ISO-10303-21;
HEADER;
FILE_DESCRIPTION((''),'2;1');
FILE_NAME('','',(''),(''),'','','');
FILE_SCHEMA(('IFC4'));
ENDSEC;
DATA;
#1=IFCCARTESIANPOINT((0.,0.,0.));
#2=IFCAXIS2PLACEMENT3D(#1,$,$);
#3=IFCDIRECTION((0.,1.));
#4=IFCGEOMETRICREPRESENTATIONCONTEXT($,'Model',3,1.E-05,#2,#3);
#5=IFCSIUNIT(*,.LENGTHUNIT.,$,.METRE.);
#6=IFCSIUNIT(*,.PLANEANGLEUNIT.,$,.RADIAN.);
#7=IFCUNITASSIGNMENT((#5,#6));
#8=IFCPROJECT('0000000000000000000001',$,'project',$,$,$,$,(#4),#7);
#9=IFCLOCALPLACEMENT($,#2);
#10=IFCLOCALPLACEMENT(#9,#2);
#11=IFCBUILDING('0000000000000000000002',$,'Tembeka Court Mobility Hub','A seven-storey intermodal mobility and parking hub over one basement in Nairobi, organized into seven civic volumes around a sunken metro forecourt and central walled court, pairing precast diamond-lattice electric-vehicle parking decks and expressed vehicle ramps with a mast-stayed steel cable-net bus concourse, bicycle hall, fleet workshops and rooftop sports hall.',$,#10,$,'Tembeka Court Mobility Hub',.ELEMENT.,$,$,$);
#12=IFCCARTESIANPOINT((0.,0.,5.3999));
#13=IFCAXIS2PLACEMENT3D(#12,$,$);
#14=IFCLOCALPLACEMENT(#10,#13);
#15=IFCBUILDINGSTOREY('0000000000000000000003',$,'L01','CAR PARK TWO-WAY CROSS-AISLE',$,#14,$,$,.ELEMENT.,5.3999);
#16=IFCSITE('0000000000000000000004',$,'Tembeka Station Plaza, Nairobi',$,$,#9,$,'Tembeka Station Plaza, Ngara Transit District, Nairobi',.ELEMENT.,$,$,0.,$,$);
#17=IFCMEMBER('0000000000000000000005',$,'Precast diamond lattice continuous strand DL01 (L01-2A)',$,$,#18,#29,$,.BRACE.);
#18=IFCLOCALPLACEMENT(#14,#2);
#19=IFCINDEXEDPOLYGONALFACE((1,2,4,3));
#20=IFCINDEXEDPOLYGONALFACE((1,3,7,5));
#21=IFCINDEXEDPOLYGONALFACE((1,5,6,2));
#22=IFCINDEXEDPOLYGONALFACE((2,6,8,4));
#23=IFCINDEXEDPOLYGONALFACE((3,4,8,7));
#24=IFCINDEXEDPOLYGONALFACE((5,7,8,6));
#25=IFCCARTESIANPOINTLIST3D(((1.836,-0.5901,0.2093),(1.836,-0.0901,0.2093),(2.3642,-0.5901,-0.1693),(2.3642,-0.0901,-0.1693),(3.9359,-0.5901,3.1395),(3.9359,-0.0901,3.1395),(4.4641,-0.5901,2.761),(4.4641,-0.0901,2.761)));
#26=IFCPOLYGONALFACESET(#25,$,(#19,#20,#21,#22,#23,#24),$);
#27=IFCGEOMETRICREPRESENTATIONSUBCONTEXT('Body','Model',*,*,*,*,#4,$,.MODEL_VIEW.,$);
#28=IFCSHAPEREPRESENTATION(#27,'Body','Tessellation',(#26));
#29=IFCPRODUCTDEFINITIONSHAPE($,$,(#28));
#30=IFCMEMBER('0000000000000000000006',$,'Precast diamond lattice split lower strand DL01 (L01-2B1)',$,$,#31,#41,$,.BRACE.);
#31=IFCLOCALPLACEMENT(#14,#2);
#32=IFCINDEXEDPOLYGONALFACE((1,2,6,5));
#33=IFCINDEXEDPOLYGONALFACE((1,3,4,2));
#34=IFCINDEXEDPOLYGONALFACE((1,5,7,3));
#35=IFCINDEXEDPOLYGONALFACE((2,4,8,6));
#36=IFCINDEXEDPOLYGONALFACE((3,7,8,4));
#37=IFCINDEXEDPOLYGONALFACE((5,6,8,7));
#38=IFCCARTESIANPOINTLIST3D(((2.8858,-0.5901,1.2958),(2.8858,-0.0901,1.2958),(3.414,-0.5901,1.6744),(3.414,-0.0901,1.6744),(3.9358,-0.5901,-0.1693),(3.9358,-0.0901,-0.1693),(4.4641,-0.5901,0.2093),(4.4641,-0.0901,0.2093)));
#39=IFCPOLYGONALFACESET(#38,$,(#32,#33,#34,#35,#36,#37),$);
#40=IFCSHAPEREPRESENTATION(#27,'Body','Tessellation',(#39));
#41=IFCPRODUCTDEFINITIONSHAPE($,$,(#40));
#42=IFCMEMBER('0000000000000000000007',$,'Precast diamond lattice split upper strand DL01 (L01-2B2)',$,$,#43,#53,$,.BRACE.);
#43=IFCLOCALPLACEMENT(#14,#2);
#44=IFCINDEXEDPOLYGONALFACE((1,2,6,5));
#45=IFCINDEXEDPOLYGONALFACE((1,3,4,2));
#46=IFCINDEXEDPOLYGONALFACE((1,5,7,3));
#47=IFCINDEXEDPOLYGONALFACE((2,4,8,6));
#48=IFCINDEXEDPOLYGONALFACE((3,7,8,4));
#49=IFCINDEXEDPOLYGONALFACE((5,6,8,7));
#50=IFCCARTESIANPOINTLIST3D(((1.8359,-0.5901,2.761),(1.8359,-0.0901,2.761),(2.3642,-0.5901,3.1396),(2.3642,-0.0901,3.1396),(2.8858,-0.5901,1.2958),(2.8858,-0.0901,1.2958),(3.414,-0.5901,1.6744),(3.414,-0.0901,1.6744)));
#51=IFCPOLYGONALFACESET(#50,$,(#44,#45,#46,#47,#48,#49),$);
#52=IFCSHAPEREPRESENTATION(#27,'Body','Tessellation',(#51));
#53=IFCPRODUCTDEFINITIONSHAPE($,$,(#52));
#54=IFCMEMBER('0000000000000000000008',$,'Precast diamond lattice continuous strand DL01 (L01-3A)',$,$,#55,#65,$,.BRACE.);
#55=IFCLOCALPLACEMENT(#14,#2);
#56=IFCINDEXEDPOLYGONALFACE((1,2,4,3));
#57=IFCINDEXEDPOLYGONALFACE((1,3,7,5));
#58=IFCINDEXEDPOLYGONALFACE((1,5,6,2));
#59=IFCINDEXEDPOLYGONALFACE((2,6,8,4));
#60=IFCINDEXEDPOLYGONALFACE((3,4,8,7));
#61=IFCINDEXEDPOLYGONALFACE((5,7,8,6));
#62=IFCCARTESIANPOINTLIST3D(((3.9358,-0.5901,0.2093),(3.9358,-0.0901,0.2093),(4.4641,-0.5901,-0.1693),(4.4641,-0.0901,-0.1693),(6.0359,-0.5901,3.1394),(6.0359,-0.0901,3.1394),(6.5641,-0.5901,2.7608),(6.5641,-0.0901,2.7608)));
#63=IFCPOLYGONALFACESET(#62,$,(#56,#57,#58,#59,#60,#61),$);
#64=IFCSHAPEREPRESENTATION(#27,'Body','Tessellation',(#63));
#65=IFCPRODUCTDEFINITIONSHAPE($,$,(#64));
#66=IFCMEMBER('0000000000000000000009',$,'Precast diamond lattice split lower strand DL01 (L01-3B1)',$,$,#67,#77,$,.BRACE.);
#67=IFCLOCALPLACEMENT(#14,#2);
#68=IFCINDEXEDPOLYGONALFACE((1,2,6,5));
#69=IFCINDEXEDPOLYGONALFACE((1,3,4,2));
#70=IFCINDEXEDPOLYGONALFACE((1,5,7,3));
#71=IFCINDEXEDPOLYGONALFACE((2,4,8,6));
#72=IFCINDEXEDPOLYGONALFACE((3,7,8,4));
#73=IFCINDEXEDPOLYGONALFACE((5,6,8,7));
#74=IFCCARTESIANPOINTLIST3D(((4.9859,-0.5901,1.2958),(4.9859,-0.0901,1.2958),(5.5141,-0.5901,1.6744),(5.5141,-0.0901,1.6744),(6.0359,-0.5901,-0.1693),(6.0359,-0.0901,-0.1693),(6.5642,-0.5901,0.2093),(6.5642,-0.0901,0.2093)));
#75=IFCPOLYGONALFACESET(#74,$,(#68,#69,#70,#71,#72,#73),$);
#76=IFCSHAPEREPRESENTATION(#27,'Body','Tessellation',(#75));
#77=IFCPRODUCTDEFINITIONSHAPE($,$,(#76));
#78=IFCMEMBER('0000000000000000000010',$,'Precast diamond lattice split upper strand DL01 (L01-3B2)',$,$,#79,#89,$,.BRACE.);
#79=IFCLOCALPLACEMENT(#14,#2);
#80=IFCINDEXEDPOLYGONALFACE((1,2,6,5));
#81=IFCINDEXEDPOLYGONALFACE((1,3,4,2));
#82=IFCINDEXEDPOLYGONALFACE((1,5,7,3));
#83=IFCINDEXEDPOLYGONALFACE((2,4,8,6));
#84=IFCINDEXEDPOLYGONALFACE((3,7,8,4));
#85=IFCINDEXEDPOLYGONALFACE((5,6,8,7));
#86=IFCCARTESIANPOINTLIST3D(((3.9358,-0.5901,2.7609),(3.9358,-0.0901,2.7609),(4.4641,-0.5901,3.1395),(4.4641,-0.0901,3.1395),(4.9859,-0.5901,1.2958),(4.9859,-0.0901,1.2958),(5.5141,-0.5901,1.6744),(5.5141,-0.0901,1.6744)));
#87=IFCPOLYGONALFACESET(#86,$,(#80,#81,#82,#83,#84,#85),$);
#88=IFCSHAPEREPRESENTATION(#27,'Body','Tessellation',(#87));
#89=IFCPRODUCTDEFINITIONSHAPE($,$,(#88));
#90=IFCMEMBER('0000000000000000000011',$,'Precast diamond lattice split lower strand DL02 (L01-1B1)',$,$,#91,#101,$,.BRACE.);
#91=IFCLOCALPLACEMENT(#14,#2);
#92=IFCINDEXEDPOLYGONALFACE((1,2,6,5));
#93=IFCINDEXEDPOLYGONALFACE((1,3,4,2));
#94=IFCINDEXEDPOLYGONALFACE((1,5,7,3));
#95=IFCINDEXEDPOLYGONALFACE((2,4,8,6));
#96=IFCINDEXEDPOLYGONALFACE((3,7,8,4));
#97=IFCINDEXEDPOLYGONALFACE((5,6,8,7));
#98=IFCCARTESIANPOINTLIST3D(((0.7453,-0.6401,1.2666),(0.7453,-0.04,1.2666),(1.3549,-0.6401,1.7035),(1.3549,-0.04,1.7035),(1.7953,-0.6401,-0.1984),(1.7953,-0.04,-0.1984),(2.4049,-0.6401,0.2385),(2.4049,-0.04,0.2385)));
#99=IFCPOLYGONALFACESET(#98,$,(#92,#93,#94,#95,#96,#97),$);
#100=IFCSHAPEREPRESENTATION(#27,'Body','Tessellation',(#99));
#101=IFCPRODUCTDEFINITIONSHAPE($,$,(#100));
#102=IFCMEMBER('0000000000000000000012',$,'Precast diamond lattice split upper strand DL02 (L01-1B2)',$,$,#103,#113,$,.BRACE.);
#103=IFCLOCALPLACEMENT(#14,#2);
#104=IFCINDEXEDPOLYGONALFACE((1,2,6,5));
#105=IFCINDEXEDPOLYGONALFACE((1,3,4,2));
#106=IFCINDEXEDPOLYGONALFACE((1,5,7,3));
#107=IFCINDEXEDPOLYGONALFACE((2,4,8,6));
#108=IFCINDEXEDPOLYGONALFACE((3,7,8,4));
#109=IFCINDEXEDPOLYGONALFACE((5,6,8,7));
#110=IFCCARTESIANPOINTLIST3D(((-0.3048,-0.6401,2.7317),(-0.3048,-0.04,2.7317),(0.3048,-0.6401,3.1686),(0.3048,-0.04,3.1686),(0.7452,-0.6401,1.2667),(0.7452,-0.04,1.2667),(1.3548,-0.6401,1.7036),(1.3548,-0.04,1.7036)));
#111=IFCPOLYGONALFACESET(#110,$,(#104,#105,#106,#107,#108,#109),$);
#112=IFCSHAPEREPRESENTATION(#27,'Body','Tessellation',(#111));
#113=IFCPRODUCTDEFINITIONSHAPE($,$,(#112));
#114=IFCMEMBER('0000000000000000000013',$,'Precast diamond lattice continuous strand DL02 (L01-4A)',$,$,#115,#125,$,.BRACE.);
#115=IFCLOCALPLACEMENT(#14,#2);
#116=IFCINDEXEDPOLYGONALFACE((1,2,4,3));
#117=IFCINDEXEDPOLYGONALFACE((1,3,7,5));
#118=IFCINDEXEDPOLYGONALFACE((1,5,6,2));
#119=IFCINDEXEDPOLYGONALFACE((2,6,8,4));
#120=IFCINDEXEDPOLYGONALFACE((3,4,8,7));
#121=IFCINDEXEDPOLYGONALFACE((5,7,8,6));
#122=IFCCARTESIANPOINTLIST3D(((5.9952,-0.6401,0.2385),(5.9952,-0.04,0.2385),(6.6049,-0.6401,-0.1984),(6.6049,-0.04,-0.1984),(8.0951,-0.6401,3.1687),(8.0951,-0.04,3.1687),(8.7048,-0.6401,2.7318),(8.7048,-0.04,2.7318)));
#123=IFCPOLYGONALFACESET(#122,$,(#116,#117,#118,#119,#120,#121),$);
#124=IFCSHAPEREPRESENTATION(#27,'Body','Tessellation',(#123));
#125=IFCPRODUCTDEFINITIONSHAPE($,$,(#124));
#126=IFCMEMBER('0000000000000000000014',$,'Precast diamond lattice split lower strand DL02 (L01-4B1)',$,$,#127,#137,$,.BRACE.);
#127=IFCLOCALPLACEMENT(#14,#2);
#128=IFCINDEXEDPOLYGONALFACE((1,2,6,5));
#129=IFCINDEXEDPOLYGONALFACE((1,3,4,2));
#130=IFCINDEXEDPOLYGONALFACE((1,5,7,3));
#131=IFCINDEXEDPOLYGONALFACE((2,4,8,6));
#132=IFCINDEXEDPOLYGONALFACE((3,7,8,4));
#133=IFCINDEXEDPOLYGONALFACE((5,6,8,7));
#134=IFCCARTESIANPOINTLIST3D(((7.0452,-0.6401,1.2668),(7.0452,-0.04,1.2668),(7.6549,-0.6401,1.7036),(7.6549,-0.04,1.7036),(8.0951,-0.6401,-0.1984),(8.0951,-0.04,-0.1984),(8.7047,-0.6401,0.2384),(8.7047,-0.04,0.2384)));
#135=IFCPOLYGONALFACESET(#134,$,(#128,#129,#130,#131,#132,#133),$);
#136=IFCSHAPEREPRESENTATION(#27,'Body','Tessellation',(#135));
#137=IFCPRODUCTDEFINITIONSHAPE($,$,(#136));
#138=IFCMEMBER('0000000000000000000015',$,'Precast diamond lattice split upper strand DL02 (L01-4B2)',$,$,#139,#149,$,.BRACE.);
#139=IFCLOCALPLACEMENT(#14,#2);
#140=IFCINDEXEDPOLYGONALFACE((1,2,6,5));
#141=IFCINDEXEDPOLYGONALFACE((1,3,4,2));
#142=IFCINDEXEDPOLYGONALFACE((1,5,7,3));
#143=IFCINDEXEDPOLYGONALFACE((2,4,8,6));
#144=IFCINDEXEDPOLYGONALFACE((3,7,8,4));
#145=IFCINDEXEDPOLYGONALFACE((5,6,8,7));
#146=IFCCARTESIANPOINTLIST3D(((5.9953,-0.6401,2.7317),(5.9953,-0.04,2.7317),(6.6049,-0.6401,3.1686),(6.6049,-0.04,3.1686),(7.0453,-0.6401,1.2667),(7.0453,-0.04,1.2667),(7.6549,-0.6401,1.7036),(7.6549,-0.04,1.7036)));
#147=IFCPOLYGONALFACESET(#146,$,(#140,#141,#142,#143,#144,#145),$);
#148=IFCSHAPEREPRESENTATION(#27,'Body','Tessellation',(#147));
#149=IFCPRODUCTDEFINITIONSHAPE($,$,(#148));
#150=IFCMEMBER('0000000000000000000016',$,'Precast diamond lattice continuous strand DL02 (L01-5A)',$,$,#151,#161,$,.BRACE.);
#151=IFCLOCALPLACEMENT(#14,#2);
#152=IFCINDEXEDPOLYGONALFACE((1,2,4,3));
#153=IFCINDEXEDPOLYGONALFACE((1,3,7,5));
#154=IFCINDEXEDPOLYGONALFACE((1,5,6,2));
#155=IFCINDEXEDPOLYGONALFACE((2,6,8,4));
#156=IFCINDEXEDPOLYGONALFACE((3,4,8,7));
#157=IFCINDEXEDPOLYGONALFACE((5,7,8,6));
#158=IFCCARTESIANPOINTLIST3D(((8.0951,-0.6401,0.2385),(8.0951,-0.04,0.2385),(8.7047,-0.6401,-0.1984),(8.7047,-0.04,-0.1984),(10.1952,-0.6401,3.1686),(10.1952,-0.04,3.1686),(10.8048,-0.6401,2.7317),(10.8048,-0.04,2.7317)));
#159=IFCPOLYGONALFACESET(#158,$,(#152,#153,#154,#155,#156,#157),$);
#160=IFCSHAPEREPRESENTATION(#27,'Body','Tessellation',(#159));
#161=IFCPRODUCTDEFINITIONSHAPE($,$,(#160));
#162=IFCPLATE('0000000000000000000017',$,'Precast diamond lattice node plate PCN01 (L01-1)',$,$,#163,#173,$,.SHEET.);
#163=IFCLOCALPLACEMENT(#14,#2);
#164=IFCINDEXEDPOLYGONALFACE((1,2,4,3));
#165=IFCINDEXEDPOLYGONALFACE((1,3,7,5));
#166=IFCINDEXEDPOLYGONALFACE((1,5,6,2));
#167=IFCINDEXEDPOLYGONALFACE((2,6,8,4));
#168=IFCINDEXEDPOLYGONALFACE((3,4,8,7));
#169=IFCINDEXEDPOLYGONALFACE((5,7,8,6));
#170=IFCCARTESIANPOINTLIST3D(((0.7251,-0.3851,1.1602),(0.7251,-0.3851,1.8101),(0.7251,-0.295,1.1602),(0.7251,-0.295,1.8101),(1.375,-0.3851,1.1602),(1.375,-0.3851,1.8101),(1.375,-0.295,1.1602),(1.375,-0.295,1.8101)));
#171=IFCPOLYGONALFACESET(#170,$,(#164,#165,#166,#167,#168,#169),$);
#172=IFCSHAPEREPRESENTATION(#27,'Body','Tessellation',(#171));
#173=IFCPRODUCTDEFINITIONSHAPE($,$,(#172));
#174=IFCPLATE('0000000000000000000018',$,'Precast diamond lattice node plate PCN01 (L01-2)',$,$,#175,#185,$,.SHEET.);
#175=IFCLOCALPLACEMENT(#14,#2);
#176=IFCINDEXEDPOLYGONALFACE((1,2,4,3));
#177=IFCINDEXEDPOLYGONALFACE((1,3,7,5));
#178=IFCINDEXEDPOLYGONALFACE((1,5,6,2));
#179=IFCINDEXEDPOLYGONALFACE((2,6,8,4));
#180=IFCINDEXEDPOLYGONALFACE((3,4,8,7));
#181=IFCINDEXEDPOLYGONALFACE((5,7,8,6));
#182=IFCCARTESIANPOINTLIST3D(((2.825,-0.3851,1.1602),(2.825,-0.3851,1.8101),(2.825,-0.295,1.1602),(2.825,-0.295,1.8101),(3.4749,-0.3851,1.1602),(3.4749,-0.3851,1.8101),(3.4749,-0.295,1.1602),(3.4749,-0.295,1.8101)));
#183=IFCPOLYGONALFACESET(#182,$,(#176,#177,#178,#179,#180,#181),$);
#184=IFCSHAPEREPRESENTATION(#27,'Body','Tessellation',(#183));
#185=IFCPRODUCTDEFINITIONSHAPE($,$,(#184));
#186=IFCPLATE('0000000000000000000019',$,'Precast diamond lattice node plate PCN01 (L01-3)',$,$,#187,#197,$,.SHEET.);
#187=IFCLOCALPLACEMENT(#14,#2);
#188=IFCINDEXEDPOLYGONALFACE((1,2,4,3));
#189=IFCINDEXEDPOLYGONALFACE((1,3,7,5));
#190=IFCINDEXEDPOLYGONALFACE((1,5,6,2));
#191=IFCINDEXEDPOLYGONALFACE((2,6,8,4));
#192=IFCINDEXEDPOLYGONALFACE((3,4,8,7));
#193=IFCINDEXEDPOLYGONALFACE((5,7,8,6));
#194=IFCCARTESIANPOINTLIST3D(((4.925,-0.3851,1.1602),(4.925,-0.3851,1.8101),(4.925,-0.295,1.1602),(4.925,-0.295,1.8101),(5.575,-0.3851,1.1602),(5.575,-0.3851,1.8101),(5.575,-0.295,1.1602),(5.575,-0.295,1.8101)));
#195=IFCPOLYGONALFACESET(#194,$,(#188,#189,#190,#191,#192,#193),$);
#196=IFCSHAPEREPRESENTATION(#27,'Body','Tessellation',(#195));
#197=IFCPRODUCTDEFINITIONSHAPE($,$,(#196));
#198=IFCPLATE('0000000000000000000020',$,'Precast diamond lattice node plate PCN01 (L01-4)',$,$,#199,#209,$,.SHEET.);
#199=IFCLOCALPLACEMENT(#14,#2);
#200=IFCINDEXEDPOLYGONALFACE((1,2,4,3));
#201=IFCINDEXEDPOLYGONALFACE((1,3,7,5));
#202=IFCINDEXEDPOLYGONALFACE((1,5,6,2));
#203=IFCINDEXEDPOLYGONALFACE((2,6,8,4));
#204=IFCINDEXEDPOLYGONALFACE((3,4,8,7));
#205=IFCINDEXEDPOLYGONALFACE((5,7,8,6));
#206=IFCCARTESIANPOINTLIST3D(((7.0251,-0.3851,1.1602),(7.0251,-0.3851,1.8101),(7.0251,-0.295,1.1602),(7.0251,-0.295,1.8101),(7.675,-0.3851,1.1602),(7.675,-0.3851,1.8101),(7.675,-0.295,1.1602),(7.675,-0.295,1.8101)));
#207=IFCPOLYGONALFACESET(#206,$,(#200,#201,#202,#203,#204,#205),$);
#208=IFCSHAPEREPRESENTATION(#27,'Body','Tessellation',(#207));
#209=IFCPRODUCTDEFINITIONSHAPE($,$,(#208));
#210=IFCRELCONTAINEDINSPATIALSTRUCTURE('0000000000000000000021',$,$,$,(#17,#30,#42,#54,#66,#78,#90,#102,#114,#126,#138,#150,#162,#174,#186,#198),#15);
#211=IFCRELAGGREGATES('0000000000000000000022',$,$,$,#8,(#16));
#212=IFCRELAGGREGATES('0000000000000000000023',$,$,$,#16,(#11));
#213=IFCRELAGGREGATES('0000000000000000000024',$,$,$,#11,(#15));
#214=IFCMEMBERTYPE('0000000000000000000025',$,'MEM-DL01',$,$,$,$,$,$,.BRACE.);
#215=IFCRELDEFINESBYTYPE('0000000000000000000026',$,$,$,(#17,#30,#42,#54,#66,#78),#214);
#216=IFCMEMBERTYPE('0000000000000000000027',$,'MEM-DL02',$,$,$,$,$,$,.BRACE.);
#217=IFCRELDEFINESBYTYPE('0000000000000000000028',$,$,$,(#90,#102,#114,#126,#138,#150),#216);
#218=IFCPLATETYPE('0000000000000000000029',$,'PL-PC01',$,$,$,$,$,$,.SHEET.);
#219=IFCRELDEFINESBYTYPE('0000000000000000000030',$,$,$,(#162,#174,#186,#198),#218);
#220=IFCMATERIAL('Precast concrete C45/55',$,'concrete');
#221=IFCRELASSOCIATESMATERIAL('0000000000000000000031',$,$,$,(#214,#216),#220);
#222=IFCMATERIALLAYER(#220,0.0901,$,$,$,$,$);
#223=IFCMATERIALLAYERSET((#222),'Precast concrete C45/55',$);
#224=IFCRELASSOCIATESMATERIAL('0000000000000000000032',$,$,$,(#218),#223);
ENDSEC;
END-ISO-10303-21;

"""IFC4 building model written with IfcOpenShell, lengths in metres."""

from ifc_helpers import new_model, si_unit, direction, frame, origin, origin_2d, place, context, subcontext, project, spatial, rectangle, extrude, material, layer, layer_set, material_profile, profile_set, type_object, element, save


model = new_model("IFC4")

# Units and contexts
model_context = context("Model", 3, precision=1e-05, world=origin(), true_north=direction((0.0, 1.0)))
body_context = subcontext(model_context, "Body", "Model", "MODEL_VIEW")
ifc_project = project(units=[si_unit("LENGTHUNIT", "METRE"), si_unit("PLANEANGLEUNIT", "RADIAN")], contexts=[model_context])

# Site, building, storey
site_placement = place(None, origin())
site = spatial("IfcSite", under=ifc_project, at=site_placement, Name="Tembeka Station Plaza, Nairobi", LongName="Tembeka Station Plaza, Ngara Transit District, Nairobi", CompositionType="ELEMENT", RefElevation=0.0)
building_placement = place(site_placement, origin())
building = spatial("IfcBuilding", under=site, at=building_placement, Name="Tembeka Court Mobility Hub", Description="A seven-storey intermodal mobility and parking hub over one basement in Nairobi, organized into seven civic volumes around a sunken metro forecourt and central walled court, pairing precast diamond-lattice electric-vehicle parking decks and expressed vehicle ramps with a mast-stayed steel cable-net bus concourse, bicycle hall, fleet workshops and rooftop sports hall.", LongName="Tembeka Court Mobility Hub", CompositionType="ELEMENT")
storey_placement = place(building_placement, frame((0.0, 0.0, 5.3999)))
storey = spatial("IfcBuildingStorey", under=building, at=storey_placement, Name="L01", Description="CAR PARK TWO-WAY CROSS-AISLE", CompositionType="ELEMENT", Elevation=5.3999)

# Members
ifc_material_1 = material(Name="Precast concrete C45/55", Category="concrete")
ifc_material_profile_1 = material_profile(ifc_material_1, rectangle(XDim=0.5, YDim=0.6499, at=origin_2d()), Name="PC-DIAG 500x650")
ifc_profile_set_1 = profile_set([ifc_material_profile_1], Name="Precast concrete C45/55")
member_type_1 = type_object("IfcMemberType", Name="MEM-DL01", PredefinedType="BRACE", material=ifc_profile_set_1)
member_1_placement = place(storey_placement, frame((2.1001, -0.3401, 0.02), z_axis=(0.5825, 0.0, 0.812831), x_axis=(0.0, 1.0, 0.0)))
element("IfcMember", 1, at=member_1_placement, inside=storey, type_object=member_type_1, Name="Precast diamond lattice continuous strand DL01 (L01-2A)", PredefinedType="BRACE", context=body_context, shape_type="SweptSolid", body=[
    extrude(rectangle(XDim=0.5, YDim=0.6499, at=origin_2d()), origin(), (0.0, 0.0, 1.0), 3.605),
])
for number, where, z_axis, x_axis, name in (
    (2, (4.2, -0.3401, 0.02), (-0.582544, 0.0, 0.812799), (0.0, -1.0, 0.0), "Precast diamond lattice split lower strand DL01 (L01-2B1)"),
    (3, (3.1499, -0.3401, 1.4851), (-0.582455, 0.0, 0.812863), (0.0, -1.0, 0.0), "Precast diamond lattice split upper strand DL01 (L01-2B2)"),
):
    element("IfcMember", number, at=place(storey_placement, frame(where, z_axis=z_axis, x_axis=x_axis)), inside=storey, type_object=member_type_1, Name=name, PredefinedType="BRACE", context=body_context, shape_type="SweptSolid", body=[
        extrude(rectangle(XDim=0.5, YDim=0.6499, at=origin_2d()), origin(), (0.0, 0.0, 1.0), 1.8025),
    ])
member_2_placement = place(storey_placement, frame((4.2, -0.3401, 0.02), z_axis=(0.582544, 0.0, 0.812799), x_axis=(0.0, 1.0, 0.0)))
element("IfcMember", 4, at=member_2_placement, inside=storey, type_object=member_type_1, Name="Precast diamond lattice continuous strand DL01 (L01-3A)", PredefinedType="BRACE", context=body_context, shape_type="SweptSolid", body=[
    extrude(rectangle(XDim=0.5, YDim=0.6499, at=origin_2d()), origin(), (0.0, 0.0, 1.0), 3.605),
])
for number, where, z_axis, x_axis, name in (
    (5, (6.3, -0.3401, 0.02), (-0.582544, 0.0, 0.812799), (0.0, -1.0, 0.0), "Precast diamond lattice split lower strand DL01 (L01-3B1)"),
    (6, (5.25, -0.3401, 1.4851), (-0.582544, 0.0, 0.812799), (0.0, -1.0, 0.0), "Precast diamond lattice split upper strand DL01 (L01-3B2)"),
):
    element("IfcMember", number, at=place(storey_placement, frame(where, z_axis=z_axis, x_axis=x_axis)), inside=storey, type_object=member_type_1, Name=name, PredefinedType="BRACE", context=body_context, shape_type="SweptSolid", body=[
        extrude(rectangle(XDim=0.5, YDim=0.6499, at=origin_2d()), origin(), (0.0, 0.0, 1.0), 1.8025),
    ])
ifc_material_profile_2 = material_profile(ifc_material_1, rectangle(XDim=0.6001, YDim=0.75, at=origin_2d()), Name="PC-DIAG 600x750")
ifc_profile_set_2 = profile_set([ifc_material_profile_2], Name="Precast concrete C45/55")
member_type_2 = type_object("IfcMemberType", Name="MEM-DL02", PredefinedType="BRACE", material=ifc_profile_set_2)
for number, where, z_axis, x_axis, name in (
    (7, (2.1001, -0.3401, 0.02), (-0.582544, 0.0, 0.812799), (0.0, -1.0, 0.0), "Precast diamond lattice split lower strand DL02 (L01-1B1)"),
    (8, (1.05, -0.3401, 1.4851), (-0.582544, 0.0, 0.812799), (0.0, -1.0, 0.0), "Precast diamond lattice split upper strand DL02 (L01-1B2)"),
):
    element("IfcMember", number, at=place(storey_placement, frame(where, z_axis=z_axis, x_axis=x_axis)), inside=storey, type_object=member_type_2, Name=name, PredefinedType="BRACE", context=body_context, shape_type="SweptSolid", body=[
        extrude(rectangle(XDim=0.6001, YDim=0.75, at=origin_2d()), origin(), (0.0, 0.0, 1.0), 1.8025),
    ])
member_3_placement = place(storey_placement, frame((6.3, -0.3401, 0.02), z_axis=(0.5825, 0.0, 0.812831), x_axis=(0.0, 1.0, 0.0)))
element("IfcMember", 9, at=member_3_placement, inside=storey, type_object=member_type_2, Name="Precast diamond lattice continuous strand DL02 (L01-4A)", PredefinedType="BRACE", context=body_context, shape_type="SweptSolid", body=[
    extrude(rectangle(XDim=0.6001, YDim=0.75, at=origin_2d()), origin(), (0.0, 0.0, 1.0), 3.605),
])
for number, where, z_axis, x_axis, name in (
    (10, (8.3999, -0.3401, 0.02), (-0.582455, 0.0, 0.812863), (0.0, -1.0, 0.0), "Precast diamond lattice split lower strand DL02 (L01-4B1)"),
    (11, (7.3501, -0.3401, 1.4851), (-0.582544, 0.0, 0.812799), (0.0, -1.0, 0.0), "Precast diamond lattice split upper strand DL02 (L01-4B2)"),
):
    element("IfcMember", number, at=place(storey_placement, frame(where, z_axis=z_axis, x_axis=x_axis)), inside=storey, type_object=member_type_2, Name=name, PredefinedType="BRACE", context=body_context, shape_type="SweptSolid", body=[
        extrude(rectangle(XDim=0.6001, YDim=0.75, at=origin_2d()), origin(), (0.0, 0.0, 1.0), 1.8025),
    ])
member_4_placement = place(storey_placement, frame((8.3999, -0.3401, 0.02), z_axis=(0.582544, 0.0, 0.812799), x_axis=(0.0, 1.0, 0.0)))
element("IfcMember", 12, at=member_4_placement, inside=storey, type_object=member_type_2, Name="Precast diamond lattice continuous strand DL02 (L01-5A)", PredefinedType="BRACE", context=body_context, shape_type="SweptSolid", body=[
    extrude(rectangle(XDim=0.6001, YDim=0.75, at=origin_2d()), origin(), (0.0, 0.0, 1.0), 3.605),
])

# Plates
ifc_layer_1 = layer(ifc_material_1, 0.0901)
ifc_layer_set_1 = layer_set([ifc_layer_1], Name="Precast concrete C45/55")
plate_type = type_object("IfcPlateType", Name="PL-PC01", PredefinedType="SHEET", material=ifc_layer_set_1)
for number, where, z_axis, x_axis, name in (
    (13, (1.05, -0.3401, 1.1602), (0.0, 0.0, 1.0), (1.0, 0.0, 0.0), "Precast diamond lattice node plate PCN01 (L01-1)"),
    (14, (3.1499, -0.3401, 1.1602), (0.0, 0.0, 1.0), (1.0, 0.0, 0.0), "Precast diamond lattice node plate PCN01 (L01-2)"),
    (15, (5.25, -0.3401, 1.1602), (0.0, 0.0, 1.0), (1.0, 0.0, 0.0), "Precast diamond lattice node plate PCN01 (L01-3)"),
    (16, (7.3501, -0.3401, 1.1602), (0.0, 0.0, 1.0), (1.0, 0.0, 0.0), "Precast diamond lattice node plate PCN01 (L01-4)"),
):
    element("IfcPlate", number, at=place(storey_placement, frame(where, z_axis=z_axis, x_axis=x_axis)), inside=storey, type_object=plate_type, Name=name, PredefinedType="SHEET", context=body_context, shape_type="SweptSolid", body=[
        extrude(rectangle(XDim=0.6499, YDim=0.0901, at=origin_2d()), origin(), (0.0, 0.0, 1.0), 0.6499),
    ])

save(model, "model.ifc")
